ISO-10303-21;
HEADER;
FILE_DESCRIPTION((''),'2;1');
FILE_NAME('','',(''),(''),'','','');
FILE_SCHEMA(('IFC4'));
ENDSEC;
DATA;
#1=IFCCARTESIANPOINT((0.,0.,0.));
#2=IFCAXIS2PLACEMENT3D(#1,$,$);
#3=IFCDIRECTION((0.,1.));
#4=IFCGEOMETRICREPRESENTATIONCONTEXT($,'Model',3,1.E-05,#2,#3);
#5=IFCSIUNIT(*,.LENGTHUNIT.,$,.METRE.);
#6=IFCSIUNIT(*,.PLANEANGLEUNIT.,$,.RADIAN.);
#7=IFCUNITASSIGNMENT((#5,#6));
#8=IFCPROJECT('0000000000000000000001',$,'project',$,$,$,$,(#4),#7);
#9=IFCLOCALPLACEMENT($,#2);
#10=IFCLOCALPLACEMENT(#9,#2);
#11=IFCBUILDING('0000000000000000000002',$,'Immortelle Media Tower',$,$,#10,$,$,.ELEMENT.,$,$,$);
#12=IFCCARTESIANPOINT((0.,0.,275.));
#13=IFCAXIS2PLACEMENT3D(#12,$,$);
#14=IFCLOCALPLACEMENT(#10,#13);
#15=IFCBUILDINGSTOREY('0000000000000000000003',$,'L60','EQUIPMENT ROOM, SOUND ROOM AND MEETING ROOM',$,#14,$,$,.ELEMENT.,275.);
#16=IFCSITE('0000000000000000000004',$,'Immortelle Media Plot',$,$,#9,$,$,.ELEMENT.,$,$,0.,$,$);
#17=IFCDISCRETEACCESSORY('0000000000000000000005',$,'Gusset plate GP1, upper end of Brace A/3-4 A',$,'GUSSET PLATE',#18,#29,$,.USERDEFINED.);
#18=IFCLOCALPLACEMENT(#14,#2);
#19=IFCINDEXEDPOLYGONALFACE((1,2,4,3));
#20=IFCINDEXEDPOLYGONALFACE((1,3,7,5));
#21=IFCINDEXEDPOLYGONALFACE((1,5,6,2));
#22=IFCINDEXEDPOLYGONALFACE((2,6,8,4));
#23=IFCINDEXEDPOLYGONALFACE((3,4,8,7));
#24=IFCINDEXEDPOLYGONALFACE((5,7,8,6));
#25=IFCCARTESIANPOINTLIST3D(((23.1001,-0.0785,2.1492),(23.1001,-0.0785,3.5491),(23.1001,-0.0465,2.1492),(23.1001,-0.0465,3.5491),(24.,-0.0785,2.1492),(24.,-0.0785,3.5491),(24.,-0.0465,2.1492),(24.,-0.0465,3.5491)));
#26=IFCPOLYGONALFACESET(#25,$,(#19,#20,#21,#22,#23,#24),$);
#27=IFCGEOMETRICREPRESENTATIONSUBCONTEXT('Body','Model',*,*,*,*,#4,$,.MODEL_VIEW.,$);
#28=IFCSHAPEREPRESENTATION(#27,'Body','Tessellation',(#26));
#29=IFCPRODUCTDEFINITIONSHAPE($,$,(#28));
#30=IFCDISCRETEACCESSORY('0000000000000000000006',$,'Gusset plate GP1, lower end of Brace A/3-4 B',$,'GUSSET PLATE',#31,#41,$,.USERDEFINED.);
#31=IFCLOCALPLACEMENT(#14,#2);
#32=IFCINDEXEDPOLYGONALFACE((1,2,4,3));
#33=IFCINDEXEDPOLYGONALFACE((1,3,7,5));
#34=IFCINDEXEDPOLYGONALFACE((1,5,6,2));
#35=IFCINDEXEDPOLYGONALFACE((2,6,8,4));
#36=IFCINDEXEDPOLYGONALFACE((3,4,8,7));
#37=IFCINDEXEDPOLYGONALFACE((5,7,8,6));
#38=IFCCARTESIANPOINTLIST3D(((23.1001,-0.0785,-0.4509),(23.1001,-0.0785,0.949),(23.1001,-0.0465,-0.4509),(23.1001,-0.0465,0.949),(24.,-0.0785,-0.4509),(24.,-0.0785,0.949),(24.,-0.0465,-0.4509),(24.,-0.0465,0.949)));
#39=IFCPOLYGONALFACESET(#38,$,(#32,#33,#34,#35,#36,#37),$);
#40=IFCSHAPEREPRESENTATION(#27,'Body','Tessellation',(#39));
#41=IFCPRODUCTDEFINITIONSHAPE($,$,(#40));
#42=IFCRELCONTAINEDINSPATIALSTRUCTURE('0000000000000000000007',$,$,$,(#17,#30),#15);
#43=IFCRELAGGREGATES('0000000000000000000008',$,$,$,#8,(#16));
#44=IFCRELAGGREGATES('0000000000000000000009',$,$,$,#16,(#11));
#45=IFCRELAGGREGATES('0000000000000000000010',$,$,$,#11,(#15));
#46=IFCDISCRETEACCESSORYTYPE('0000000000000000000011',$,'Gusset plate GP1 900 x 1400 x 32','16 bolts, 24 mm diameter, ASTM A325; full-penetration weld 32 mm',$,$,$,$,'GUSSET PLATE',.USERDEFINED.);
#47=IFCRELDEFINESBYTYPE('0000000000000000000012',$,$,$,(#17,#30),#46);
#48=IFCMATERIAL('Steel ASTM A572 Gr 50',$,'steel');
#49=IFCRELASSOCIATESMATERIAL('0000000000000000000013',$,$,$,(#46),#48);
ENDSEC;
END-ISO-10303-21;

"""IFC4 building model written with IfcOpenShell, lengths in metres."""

from ifc_helpers import new_model, si_unit, direction, frame, origin, origin_2d, place, context, subcontext, project, spatial, rectangle, extrude, material, material_profile, profile_set, type_object, element, save


model = new_model("IFC4")

# Units and contexts
model_context = context("Model", 3, precision=1e-05, world=origin(), true_north=direction((0.0, 1.0)))
body_context = subcontext(model_context, "Body", "Model", "MODEL_VIEW")
ifc_project = project(units=[si_unit("LENGTHUNIT", "METRE"), si_unit("PLANEANGLEUNIT", "RADIAN")], contexts=[model_context])

# Site, building, storey
site_placement = place(None, origin())
site = spatial("IfcSite", under=ifc_project, at=site_placement, Name="Immortelle Media Plot", CompositionType="ELEMENT", RefElevation=0.0)
building_placement = place(site_placement, origin())
building = spatial("IfcBuilding", under=site, at=building_placement, Name="Immortelle Media Tower", CompositionType="ELEMENT")
storey_placement = place(building_placement, frame((0.0, 0.0, 275.0)))
storey = spatial("IfcBuildingStorey", under=building, at=storey_placement, Name="L60", Description="EQUIPMENT ROOM, SOUND ROOM AND MEETING ROOM", CompositionType="ELEMENT", Elevation=275.0)

# Discrete accessories
ifc_material_1 = material(Name="Steel ASTM A572 Gr 50", Category="steel")
ifc_material_profile_1 = material_profile(ifc_material_1, rectangle(XDim=0.032, YDim=1.3999, at=origin_2d()), Name="PL 32 x 1400")
ifc_profile_set_1 = profile_set([ifc_material_profile_1], Name="Steel ASTM A572 Gr 50")
discrete_accessory_type = type_object("IfcDiscreteAccessoryType", Name="Gusset plate GP1 900 x 1400 x 32", Description="16 bolts, 24 mm diameter, ASTM A325; full-penetration weld 32 mm", ElementType="GUSSET PLATE", PredefinedType="USERDEFINED", material=ifc_profile_set_1)
for number, where, z_axis, x_axis, name in (
    (1, (24.0, -0.0625, 2.8491), (-1.0, 0.0, 0.0), (0.0, -1.0, 0.0), "Gusset plate GP1, upper end of Brace A/3-4 A"),
    (2, (24.0, -0.0625, 0.249), (-1.0, 0.0, 0.0), (0.0, -1.0, 0.0), "Gusset plate GP1, lower end of Brace A/3-4 B"),
):
    element("IfcDiscreteAccessory", number, at=place(storey_placement, frame(where, z_axis=z_axis, x_axis=x_axis)), inside=storey, type_object=discrete_accessory_type, Name=name, ObjectType="GUSSET PLATE", PredefinedType="USERDEFINED", context=body_context, shape_type="SweptSolid", body=[
        extrude(rectangle(XDim=0.032, YDim=1.3999, at=origin_2d()), origin(), (0.0, 0.0, 1.0), 0.8999),
    ])

save(model, "model.ifc")
